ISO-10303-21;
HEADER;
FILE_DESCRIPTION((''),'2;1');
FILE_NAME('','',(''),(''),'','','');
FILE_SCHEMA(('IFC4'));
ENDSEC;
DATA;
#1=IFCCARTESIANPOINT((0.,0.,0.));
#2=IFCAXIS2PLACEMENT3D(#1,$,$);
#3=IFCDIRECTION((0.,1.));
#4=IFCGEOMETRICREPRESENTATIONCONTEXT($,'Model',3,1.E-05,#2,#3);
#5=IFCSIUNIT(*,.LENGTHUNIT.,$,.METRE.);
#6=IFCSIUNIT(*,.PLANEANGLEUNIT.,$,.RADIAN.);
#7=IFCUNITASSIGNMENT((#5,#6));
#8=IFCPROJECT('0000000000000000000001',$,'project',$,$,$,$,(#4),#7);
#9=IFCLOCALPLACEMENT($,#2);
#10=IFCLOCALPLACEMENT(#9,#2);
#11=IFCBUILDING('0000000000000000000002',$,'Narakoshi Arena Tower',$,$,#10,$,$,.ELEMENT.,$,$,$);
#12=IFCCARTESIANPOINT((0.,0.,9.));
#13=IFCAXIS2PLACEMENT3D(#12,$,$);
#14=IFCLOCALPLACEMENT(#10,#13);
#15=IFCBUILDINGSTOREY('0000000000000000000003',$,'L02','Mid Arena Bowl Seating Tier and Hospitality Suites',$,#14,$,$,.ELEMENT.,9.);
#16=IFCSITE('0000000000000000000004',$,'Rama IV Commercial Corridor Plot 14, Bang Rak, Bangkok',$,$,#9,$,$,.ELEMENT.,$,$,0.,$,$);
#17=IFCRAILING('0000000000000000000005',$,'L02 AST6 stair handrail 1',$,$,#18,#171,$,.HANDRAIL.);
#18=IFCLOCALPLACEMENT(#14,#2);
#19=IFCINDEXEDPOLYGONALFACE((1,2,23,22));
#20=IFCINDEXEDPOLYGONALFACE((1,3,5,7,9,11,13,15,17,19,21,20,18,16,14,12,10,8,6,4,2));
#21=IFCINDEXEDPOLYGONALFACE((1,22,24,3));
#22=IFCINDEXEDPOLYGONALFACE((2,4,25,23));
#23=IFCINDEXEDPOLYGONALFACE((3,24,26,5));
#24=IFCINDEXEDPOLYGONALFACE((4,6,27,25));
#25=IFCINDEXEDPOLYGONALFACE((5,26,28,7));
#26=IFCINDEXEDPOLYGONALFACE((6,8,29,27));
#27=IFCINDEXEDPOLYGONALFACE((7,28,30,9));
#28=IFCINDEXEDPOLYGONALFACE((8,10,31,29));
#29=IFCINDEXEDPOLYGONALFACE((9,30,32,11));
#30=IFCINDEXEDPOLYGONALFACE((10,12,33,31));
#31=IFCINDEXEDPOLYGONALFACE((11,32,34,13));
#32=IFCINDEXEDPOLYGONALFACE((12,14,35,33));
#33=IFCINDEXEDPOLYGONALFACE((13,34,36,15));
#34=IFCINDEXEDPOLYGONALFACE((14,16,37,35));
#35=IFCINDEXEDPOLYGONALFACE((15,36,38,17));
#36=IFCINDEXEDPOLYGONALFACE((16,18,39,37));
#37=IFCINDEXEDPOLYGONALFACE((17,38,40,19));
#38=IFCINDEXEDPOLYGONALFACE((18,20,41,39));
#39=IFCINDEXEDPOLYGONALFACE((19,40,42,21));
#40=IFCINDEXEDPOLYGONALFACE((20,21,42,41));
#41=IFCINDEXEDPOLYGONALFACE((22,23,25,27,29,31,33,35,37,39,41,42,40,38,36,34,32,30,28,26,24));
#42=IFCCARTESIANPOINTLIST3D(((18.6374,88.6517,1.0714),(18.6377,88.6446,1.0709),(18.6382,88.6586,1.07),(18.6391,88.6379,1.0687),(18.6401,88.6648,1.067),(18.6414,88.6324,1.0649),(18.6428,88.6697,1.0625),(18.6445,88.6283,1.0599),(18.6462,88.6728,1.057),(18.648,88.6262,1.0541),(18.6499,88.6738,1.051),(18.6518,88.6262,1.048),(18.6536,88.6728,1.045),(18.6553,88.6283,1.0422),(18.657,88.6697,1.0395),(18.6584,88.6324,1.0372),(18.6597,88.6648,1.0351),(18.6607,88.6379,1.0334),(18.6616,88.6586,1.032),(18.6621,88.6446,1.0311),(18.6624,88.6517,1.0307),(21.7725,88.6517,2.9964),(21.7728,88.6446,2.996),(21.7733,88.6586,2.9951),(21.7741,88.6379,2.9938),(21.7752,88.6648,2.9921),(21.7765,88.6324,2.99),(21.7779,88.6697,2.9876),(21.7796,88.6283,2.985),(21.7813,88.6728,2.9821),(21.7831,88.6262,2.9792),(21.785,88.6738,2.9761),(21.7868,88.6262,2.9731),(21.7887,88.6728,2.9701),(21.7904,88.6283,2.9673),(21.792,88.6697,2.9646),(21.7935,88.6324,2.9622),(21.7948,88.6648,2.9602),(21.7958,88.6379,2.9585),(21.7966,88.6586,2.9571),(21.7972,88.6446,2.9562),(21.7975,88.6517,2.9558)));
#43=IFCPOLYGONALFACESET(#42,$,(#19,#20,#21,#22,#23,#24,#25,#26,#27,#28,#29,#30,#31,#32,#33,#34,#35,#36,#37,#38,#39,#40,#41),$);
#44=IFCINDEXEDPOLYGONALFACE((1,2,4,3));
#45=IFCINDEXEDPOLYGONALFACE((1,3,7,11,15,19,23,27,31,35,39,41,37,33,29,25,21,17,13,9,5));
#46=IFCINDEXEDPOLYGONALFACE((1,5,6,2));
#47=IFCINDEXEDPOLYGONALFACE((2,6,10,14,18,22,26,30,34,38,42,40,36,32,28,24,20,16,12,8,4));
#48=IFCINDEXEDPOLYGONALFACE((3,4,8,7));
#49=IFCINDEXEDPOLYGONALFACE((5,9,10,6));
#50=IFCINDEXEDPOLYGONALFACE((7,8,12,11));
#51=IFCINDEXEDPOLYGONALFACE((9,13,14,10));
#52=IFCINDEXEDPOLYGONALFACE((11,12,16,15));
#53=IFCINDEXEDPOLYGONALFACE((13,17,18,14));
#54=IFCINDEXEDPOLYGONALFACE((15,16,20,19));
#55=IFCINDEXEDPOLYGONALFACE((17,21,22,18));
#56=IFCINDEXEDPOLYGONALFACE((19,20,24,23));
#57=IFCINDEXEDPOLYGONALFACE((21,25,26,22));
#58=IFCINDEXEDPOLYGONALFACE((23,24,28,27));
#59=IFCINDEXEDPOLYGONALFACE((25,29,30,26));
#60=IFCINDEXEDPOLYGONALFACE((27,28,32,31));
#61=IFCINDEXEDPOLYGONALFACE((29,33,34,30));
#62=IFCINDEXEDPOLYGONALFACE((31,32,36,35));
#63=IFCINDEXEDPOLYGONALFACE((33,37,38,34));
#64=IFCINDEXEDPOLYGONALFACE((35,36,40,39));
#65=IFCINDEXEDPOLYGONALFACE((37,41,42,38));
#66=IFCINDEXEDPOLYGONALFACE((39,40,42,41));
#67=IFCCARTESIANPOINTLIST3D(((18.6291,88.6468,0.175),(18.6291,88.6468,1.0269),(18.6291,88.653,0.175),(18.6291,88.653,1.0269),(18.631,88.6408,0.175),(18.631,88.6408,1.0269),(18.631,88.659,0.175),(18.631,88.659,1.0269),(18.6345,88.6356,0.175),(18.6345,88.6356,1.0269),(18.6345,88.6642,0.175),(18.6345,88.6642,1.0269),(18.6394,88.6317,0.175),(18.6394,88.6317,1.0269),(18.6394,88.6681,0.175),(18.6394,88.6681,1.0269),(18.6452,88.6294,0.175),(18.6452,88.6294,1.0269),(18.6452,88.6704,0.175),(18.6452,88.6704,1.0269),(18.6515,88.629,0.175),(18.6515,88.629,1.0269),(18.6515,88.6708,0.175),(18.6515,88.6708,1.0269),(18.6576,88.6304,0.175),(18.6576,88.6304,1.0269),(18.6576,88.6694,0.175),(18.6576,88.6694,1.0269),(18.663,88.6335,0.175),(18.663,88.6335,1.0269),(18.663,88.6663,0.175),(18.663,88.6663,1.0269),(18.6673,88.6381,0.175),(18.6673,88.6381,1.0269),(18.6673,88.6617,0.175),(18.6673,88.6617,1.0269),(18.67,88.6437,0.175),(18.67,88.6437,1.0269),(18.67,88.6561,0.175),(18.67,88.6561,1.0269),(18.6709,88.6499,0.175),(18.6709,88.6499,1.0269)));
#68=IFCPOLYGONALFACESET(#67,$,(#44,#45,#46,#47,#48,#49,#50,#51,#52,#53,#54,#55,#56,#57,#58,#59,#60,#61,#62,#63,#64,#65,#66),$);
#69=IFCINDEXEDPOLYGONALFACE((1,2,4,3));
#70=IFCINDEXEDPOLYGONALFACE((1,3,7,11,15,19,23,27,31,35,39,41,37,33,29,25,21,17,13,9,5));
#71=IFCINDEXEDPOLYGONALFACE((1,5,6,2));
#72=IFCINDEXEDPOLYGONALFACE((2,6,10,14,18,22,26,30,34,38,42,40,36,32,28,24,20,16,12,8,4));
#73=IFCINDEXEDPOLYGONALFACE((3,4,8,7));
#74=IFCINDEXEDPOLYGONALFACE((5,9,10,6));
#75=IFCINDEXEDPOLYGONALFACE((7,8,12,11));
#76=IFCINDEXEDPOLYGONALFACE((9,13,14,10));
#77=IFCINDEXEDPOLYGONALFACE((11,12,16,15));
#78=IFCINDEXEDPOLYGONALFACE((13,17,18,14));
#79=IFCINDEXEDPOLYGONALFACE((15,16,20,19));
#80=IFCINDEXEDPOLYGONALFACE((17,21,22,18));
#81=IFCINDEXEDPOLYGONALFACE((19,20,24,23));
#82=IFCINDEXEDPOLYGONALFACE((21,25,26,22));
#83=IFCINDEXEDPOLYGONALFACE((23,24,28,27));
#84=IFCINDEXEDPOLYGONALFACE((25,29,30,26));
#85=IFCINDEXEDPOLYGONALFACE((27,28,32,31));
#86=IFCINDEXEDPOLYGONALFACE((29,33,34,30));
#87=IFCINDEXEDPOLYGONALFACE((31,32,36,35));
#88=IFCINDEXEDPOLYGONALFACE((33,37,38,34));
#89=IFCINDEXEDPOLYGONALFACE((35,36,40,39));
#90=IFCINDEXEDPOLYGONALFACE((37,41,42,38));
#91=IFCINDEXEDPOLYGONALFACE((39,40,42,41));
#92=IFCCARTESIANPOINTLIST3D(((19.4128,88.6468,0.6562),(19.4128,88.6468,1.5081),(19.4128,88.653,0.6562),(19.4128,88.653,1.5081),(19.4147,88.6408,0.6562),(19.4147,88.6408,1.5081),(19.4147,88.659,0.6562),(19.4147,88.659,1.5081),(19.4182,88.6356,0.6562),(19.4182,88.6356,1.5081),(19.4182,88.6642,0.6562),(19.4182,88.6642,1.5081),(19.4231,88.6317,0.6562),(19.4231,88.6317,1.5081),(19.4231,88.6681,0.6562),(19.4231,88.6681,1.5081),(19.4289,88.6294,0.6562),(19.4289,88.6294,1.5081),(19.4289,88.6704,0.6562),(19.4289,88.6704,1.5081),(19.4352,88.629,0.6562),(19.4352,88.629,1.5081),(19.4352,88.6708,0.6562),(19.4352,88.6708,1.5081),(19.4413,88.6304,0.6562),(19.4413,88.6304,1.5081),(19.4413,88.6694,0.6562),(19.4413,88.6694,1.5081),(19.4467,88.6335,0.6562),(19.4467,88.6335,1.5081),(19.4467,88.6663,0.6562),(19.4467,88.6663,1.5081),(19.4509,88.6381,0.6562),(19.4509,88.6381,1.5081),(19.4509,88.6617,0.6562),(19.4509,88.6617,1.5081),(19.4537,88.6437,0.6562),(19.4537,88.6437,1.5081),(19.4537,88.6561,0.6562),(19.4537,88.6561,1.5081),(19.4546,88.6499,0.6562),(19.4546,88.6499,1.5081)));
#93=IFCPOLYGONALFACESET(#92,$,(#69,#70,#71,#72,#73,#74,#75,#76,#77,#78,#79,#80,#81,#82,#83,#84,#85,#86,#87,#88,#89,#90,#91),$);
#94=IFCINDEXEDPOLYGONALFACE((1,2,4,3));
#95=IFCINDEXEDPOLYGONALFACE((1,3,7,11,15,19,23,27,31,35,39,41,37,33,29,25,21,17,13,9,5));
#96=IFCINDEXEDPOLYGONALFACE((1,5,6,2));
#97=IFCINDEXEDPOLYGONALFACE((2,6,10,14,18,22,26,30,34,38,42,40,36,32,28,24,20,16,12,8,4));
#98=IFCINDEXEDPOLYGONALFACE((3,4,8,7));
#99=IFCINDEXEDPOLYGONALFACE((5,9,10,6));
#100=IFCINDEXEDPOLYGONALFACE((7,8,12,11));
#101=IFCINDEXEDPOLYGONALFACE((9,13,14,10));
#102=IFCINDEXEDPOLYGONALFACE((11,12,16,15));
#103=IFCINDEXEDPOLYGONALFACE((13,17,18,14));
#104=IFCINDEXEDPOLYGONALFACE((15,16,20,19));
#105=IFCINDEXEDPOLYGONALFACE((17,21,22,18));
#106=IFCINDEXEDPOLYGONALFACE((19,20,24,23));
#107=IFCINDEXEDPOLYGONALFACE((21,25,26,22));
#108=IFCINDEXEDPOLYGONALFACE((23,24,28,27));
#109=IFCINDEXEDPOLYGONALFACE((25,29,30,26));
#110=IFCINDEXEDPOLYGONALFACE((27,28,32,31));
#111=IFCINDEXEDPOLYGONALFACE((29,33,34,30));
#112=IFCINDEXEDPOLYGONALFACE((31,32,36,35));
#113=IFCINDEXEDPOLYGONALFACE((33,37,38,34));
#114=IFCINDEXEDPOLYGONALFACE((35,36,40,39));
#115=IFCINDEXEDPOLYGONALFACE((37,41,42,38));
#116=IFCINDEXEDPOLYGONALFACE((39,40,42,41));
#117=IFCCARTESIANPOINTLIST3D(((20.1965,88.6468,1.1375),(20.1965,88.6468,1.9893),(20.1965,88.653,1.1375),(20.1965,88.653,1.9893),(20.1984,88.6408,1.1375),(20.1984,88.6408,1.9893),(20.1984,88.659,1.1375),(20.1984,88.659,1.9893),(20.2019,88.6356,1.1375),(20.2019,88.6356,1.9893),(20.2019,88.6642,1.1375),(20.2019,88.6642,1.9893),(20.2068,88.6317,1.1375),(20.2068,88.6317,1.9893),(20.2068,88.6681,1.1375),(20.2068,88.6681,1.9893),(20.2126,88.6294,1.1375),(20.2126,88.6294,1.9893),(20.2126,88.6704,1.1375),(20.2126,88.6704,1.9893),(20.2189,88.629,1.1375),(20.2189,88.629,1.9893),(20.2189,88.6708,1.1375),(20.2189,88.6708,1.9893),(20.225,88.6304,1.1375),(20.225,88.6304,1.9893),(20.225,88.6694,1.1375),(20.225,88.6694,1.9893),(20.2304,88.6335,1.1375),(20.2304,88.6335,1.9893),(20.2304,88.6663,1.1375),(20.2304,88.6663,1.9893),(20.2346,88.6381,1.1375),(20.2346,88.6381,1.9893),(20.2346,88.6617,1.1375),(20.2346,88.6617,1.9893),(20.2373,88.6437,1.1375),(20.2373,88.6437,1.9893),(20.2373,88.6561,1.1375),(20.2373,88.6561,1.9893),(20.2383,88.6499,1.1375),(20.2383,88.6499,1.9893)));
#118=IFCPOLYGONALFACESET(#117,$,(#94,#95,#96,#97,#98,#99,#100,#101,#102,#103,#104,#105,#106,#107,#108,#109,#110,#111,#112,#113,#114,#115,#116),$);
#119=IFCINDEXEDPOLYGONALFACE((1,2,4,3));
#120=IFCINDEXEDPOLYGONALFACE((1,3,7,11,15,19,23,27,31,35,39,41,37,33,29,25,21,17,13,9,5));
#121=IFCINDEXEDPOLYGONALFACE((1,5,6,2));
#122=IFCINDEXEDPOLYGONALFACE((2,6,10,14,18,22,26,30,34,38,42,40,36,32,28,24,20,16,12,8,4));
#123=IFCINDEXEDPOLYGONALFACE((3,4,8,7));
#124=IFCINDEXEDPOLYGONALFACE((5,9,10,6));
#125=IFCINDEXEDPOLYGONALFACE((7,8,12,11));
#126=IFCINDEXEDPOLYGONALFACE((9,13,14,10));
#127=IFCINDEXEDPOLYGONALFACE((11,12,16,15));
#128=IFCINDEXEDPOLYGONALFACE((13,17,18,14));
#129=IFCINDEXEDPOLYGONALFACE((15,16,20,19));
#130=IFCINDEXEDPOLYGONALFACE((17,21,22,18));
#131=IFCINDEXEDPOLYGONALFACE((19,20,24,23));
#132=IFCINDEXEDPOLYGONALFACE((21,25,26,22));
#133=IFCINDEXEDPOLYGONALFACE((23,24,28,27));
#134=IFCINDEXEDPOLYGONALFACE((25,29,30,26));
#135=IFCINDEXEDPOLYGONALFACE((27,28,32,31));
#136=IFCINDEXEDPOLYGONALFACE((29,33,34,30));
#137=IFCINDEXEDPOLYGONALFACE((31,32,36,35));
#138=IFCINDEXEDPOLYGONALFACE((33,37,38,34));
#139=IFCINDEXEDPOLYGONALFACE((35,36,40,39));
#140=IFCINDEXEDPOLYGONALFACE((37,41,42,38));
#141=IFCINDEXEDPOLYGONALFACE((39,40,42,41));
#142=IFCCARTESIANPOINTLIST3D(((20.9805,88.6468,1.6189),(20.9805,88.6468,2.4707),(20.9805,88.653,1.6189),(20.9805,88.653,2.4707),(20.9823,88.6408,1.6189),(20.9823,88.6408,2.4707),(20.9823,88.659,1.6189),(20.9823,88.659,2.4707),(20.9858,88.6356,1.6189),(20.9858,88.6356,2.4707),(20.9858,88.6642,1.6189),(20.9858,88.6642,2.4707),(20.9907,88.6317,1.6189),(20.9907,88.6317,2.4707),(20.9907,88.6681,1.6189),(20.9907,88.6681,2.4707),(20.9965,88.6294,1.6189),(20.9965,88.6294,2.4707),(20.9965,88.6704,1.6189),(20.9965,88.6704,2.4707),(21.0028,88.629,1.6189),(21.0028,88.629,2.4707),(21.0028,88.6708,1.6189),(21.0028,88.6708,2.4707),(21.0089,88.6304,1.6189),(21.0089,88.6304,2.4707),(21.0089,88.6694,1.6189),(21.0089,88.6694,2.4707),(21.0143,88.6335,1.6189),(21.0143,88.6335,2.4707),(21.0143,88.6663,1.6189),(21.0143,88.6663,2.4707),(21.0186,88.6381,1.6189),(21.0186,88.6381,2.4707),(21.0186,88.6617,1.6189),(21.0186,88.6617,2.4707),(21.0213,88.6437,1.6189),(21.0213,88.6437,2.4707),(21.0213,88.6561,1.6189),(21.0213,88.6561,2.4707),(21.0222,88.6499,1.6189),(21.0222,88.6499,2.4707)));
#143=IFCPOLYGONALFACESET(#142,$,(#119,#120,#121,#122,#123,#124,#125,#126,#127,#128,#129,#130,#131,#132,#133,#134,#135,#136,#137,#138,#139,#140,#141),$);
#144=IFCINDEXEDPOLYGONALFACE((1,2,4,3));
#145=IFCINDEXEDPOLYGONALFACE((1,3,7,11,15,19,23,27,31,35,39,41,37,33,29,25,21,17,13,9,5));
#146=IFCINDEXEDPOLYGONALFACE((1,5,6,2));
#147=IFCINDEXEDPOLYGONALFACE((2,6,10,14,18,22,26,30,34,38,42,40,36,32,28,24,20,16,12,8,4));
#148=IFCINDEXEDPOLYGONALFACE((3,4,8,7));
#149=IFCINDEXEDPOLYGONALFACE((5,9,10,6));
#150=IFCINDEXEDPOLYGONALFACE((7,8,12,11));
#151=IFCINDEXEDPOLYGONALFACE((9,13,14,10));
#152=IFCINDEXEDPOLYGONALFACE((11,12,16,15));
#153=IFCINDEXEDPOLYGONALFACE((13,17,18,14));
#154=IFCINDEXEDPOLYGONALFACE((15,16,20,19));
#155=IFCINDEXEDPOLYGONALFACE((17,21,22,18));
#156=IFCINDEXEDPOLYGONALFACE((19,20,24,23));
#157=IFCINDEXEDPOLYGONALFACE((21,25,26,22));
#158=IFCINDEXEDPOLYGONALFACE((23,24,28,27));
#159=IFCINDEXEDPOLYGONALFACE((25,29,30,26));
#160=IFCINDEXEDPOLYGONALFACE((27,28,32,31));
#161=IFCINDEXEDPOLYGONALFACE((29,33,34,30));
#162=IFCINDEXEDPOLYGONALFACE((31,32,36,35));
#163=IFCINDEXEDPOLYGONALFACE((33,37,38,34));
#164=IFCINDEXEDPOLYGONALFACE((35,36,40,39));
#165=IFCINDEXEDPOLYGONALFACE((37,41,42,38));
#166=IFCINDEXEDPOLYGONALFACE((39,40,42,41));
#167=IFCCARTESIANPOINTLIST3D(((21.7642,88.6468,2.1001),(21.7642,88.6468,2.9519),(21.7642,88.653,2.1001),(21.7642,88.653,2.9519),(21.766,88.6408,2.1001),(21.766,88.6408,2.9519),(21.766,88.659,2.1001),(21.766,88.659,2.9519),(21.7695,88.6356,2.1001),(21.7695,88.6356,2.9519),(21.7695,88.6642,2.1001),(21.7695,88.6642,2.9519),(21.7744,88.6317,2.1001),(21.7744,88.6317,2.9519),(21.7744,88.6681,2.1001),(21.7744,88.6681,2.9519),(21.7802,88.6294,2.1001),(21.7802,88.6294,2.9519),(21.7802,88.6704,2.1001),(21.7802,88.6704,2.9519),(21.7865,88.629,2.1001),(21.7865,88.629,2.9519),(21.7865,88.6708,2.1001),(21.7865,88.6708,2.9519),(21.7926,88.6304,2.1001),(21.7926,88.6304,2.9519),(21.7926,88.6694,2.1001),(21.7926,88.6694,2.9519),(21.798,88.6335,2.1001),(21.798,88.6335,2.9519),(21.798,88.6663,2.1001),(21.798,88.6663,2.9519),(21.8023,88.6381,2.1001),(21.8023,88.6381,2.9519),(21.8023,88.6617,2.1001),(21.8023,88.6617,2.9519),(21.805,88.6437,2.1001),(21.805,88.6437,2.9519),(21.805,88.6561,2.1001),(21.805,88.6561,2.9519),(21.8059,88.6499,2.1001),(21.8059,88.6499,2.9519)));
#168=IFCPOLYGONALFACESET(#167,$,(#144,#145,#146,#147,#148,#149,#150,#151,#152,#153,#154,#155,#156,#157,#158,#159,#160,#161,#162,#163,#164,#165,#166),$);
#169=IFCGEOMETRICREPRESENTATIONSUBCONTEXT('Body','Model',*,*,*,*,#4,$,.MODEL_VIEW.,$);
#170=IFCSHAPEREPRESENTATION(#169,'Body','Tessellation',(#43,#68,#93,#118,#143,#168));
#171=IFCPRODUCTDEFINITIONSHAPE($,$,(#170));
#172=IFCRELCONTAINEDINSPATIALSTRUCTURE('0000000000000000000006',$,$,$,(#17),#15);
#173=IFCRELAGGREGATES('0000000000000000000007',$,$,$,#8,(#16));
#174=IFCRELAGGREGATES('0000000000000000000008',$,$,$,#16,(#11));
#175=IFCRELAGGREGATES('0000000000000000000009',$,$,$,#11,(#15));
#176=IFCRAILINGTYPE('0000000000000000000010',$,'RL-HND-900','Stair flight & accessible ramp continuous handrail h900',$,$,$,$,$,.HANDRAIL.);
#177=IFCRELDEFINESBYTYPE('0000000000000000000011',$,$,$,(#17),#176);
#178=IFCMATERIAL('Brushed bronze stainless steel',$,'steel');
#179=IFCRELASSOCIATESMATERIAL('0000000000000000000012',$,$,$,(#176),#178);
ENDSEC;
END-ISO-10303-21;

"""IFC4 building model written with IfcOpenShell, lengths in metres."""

from ifc_helpers import new_model, si_unit, direction, frame, origin, origin_2d, place, context, subcontext, project, spatial, circle, extrude, material, type_object, element, save


model = new_model("IFC4")

# Units and contexts
model_context = context("Model", 3, precision=1e-05, world=origin(), true_north=direction((0.0, 1.0)))
body_context = subcontext(model_context, "Body", "Model", "MODEL_VIEW")
ifc_project = project(units=[si_unit("LENGTHUNIT", "METRE"), si_unit("PLANEANGLEUNIT", "RADIAN")], contexts=[model_context])

# Site, building, storey
site_placement = place(None, origin())
site = spatial("IfcSite", under=ifc_project, at=site_placement, Name="Rama IV Commercial Corridor Plot 14, Bang Rak, Bangkok", CompositionType="ELEMENT", RefElevation=0.0)
building_placement = place(site_placement, origin())
building = spatial("IfcBuilding", under=site, at=building_placement, Name="Narakoshi Arena Tower", CompositionType="ELEMENT")
storey_placement = place(building_placement, frame((0.0, 0.0, 9.0)))
storey = spatial("IfcBuildingStorey", under=building, at=storey_placement, Name="L02", Description="Mid Arena Bowl Seating Tier and Hospitality Suites", CompositionType="ELEMENT", Elevation=9.0)

# Railing
ifc_material_1 = material(Name="Brushed bronze stainless steel", Category="steel")
railing_type_1 = type_object("IfcRailingType", Name="RL-HND-900", Description="Stair flight & accessible ramp continuous handrail h900", PredefinedType="HANDRAIL", material=ifc_material_1)
railing_1_placement = place(storey_placement, frame((18.6499, 88.6499, 0.175)))
element("IfcRailing", 1, at=railing_1_placement, inside=storey, type_object=railing_type_1, Name="L02 AST6 stair handrail 1", PredefinedType="HANDRAIL", context=body_context, shape_type="SweptSolid", body=[
    extrude(circle(Radius=0.0239, at=origin_2d()), frame((0.0, 0.0, 0.876), z_axis=(0.852166, 0.0, 0.523271), x_axis=(0.0, 1.0, 0.0)), (0.0, 0.0, 1.0), 3.679),
    extrude(circle(Radius=0.021, at=origin_2d()), origin(), (0.0, 0.0, 1.0), 0.8518),
    extrude(circle(Radius=0.021, at=origin_2d()), frame((0.7837, 0.0, 0.4812)), (0.0, 0.0, 1.0), 0.8518),
    extrude(circle(Radius=0.021, at=origin_2d()), frame((1.5674, 0.0, 0.9624)), (0.0, 0.0, 1.0), 0.8518),
    extrude(circle(Radius=0.021, at=origin_2d()), frame((2.3513, 0.0, 1.4438)), (0.0, 0.0, 1.0), 0.8518),
    extrude(circle(Radius=0.021, at=origin_2d()), frame((3.135, 0.0, 1.925)), (0.0, 0.0, 1.0), 0.8518),
])

save(model, "model.ifc")
